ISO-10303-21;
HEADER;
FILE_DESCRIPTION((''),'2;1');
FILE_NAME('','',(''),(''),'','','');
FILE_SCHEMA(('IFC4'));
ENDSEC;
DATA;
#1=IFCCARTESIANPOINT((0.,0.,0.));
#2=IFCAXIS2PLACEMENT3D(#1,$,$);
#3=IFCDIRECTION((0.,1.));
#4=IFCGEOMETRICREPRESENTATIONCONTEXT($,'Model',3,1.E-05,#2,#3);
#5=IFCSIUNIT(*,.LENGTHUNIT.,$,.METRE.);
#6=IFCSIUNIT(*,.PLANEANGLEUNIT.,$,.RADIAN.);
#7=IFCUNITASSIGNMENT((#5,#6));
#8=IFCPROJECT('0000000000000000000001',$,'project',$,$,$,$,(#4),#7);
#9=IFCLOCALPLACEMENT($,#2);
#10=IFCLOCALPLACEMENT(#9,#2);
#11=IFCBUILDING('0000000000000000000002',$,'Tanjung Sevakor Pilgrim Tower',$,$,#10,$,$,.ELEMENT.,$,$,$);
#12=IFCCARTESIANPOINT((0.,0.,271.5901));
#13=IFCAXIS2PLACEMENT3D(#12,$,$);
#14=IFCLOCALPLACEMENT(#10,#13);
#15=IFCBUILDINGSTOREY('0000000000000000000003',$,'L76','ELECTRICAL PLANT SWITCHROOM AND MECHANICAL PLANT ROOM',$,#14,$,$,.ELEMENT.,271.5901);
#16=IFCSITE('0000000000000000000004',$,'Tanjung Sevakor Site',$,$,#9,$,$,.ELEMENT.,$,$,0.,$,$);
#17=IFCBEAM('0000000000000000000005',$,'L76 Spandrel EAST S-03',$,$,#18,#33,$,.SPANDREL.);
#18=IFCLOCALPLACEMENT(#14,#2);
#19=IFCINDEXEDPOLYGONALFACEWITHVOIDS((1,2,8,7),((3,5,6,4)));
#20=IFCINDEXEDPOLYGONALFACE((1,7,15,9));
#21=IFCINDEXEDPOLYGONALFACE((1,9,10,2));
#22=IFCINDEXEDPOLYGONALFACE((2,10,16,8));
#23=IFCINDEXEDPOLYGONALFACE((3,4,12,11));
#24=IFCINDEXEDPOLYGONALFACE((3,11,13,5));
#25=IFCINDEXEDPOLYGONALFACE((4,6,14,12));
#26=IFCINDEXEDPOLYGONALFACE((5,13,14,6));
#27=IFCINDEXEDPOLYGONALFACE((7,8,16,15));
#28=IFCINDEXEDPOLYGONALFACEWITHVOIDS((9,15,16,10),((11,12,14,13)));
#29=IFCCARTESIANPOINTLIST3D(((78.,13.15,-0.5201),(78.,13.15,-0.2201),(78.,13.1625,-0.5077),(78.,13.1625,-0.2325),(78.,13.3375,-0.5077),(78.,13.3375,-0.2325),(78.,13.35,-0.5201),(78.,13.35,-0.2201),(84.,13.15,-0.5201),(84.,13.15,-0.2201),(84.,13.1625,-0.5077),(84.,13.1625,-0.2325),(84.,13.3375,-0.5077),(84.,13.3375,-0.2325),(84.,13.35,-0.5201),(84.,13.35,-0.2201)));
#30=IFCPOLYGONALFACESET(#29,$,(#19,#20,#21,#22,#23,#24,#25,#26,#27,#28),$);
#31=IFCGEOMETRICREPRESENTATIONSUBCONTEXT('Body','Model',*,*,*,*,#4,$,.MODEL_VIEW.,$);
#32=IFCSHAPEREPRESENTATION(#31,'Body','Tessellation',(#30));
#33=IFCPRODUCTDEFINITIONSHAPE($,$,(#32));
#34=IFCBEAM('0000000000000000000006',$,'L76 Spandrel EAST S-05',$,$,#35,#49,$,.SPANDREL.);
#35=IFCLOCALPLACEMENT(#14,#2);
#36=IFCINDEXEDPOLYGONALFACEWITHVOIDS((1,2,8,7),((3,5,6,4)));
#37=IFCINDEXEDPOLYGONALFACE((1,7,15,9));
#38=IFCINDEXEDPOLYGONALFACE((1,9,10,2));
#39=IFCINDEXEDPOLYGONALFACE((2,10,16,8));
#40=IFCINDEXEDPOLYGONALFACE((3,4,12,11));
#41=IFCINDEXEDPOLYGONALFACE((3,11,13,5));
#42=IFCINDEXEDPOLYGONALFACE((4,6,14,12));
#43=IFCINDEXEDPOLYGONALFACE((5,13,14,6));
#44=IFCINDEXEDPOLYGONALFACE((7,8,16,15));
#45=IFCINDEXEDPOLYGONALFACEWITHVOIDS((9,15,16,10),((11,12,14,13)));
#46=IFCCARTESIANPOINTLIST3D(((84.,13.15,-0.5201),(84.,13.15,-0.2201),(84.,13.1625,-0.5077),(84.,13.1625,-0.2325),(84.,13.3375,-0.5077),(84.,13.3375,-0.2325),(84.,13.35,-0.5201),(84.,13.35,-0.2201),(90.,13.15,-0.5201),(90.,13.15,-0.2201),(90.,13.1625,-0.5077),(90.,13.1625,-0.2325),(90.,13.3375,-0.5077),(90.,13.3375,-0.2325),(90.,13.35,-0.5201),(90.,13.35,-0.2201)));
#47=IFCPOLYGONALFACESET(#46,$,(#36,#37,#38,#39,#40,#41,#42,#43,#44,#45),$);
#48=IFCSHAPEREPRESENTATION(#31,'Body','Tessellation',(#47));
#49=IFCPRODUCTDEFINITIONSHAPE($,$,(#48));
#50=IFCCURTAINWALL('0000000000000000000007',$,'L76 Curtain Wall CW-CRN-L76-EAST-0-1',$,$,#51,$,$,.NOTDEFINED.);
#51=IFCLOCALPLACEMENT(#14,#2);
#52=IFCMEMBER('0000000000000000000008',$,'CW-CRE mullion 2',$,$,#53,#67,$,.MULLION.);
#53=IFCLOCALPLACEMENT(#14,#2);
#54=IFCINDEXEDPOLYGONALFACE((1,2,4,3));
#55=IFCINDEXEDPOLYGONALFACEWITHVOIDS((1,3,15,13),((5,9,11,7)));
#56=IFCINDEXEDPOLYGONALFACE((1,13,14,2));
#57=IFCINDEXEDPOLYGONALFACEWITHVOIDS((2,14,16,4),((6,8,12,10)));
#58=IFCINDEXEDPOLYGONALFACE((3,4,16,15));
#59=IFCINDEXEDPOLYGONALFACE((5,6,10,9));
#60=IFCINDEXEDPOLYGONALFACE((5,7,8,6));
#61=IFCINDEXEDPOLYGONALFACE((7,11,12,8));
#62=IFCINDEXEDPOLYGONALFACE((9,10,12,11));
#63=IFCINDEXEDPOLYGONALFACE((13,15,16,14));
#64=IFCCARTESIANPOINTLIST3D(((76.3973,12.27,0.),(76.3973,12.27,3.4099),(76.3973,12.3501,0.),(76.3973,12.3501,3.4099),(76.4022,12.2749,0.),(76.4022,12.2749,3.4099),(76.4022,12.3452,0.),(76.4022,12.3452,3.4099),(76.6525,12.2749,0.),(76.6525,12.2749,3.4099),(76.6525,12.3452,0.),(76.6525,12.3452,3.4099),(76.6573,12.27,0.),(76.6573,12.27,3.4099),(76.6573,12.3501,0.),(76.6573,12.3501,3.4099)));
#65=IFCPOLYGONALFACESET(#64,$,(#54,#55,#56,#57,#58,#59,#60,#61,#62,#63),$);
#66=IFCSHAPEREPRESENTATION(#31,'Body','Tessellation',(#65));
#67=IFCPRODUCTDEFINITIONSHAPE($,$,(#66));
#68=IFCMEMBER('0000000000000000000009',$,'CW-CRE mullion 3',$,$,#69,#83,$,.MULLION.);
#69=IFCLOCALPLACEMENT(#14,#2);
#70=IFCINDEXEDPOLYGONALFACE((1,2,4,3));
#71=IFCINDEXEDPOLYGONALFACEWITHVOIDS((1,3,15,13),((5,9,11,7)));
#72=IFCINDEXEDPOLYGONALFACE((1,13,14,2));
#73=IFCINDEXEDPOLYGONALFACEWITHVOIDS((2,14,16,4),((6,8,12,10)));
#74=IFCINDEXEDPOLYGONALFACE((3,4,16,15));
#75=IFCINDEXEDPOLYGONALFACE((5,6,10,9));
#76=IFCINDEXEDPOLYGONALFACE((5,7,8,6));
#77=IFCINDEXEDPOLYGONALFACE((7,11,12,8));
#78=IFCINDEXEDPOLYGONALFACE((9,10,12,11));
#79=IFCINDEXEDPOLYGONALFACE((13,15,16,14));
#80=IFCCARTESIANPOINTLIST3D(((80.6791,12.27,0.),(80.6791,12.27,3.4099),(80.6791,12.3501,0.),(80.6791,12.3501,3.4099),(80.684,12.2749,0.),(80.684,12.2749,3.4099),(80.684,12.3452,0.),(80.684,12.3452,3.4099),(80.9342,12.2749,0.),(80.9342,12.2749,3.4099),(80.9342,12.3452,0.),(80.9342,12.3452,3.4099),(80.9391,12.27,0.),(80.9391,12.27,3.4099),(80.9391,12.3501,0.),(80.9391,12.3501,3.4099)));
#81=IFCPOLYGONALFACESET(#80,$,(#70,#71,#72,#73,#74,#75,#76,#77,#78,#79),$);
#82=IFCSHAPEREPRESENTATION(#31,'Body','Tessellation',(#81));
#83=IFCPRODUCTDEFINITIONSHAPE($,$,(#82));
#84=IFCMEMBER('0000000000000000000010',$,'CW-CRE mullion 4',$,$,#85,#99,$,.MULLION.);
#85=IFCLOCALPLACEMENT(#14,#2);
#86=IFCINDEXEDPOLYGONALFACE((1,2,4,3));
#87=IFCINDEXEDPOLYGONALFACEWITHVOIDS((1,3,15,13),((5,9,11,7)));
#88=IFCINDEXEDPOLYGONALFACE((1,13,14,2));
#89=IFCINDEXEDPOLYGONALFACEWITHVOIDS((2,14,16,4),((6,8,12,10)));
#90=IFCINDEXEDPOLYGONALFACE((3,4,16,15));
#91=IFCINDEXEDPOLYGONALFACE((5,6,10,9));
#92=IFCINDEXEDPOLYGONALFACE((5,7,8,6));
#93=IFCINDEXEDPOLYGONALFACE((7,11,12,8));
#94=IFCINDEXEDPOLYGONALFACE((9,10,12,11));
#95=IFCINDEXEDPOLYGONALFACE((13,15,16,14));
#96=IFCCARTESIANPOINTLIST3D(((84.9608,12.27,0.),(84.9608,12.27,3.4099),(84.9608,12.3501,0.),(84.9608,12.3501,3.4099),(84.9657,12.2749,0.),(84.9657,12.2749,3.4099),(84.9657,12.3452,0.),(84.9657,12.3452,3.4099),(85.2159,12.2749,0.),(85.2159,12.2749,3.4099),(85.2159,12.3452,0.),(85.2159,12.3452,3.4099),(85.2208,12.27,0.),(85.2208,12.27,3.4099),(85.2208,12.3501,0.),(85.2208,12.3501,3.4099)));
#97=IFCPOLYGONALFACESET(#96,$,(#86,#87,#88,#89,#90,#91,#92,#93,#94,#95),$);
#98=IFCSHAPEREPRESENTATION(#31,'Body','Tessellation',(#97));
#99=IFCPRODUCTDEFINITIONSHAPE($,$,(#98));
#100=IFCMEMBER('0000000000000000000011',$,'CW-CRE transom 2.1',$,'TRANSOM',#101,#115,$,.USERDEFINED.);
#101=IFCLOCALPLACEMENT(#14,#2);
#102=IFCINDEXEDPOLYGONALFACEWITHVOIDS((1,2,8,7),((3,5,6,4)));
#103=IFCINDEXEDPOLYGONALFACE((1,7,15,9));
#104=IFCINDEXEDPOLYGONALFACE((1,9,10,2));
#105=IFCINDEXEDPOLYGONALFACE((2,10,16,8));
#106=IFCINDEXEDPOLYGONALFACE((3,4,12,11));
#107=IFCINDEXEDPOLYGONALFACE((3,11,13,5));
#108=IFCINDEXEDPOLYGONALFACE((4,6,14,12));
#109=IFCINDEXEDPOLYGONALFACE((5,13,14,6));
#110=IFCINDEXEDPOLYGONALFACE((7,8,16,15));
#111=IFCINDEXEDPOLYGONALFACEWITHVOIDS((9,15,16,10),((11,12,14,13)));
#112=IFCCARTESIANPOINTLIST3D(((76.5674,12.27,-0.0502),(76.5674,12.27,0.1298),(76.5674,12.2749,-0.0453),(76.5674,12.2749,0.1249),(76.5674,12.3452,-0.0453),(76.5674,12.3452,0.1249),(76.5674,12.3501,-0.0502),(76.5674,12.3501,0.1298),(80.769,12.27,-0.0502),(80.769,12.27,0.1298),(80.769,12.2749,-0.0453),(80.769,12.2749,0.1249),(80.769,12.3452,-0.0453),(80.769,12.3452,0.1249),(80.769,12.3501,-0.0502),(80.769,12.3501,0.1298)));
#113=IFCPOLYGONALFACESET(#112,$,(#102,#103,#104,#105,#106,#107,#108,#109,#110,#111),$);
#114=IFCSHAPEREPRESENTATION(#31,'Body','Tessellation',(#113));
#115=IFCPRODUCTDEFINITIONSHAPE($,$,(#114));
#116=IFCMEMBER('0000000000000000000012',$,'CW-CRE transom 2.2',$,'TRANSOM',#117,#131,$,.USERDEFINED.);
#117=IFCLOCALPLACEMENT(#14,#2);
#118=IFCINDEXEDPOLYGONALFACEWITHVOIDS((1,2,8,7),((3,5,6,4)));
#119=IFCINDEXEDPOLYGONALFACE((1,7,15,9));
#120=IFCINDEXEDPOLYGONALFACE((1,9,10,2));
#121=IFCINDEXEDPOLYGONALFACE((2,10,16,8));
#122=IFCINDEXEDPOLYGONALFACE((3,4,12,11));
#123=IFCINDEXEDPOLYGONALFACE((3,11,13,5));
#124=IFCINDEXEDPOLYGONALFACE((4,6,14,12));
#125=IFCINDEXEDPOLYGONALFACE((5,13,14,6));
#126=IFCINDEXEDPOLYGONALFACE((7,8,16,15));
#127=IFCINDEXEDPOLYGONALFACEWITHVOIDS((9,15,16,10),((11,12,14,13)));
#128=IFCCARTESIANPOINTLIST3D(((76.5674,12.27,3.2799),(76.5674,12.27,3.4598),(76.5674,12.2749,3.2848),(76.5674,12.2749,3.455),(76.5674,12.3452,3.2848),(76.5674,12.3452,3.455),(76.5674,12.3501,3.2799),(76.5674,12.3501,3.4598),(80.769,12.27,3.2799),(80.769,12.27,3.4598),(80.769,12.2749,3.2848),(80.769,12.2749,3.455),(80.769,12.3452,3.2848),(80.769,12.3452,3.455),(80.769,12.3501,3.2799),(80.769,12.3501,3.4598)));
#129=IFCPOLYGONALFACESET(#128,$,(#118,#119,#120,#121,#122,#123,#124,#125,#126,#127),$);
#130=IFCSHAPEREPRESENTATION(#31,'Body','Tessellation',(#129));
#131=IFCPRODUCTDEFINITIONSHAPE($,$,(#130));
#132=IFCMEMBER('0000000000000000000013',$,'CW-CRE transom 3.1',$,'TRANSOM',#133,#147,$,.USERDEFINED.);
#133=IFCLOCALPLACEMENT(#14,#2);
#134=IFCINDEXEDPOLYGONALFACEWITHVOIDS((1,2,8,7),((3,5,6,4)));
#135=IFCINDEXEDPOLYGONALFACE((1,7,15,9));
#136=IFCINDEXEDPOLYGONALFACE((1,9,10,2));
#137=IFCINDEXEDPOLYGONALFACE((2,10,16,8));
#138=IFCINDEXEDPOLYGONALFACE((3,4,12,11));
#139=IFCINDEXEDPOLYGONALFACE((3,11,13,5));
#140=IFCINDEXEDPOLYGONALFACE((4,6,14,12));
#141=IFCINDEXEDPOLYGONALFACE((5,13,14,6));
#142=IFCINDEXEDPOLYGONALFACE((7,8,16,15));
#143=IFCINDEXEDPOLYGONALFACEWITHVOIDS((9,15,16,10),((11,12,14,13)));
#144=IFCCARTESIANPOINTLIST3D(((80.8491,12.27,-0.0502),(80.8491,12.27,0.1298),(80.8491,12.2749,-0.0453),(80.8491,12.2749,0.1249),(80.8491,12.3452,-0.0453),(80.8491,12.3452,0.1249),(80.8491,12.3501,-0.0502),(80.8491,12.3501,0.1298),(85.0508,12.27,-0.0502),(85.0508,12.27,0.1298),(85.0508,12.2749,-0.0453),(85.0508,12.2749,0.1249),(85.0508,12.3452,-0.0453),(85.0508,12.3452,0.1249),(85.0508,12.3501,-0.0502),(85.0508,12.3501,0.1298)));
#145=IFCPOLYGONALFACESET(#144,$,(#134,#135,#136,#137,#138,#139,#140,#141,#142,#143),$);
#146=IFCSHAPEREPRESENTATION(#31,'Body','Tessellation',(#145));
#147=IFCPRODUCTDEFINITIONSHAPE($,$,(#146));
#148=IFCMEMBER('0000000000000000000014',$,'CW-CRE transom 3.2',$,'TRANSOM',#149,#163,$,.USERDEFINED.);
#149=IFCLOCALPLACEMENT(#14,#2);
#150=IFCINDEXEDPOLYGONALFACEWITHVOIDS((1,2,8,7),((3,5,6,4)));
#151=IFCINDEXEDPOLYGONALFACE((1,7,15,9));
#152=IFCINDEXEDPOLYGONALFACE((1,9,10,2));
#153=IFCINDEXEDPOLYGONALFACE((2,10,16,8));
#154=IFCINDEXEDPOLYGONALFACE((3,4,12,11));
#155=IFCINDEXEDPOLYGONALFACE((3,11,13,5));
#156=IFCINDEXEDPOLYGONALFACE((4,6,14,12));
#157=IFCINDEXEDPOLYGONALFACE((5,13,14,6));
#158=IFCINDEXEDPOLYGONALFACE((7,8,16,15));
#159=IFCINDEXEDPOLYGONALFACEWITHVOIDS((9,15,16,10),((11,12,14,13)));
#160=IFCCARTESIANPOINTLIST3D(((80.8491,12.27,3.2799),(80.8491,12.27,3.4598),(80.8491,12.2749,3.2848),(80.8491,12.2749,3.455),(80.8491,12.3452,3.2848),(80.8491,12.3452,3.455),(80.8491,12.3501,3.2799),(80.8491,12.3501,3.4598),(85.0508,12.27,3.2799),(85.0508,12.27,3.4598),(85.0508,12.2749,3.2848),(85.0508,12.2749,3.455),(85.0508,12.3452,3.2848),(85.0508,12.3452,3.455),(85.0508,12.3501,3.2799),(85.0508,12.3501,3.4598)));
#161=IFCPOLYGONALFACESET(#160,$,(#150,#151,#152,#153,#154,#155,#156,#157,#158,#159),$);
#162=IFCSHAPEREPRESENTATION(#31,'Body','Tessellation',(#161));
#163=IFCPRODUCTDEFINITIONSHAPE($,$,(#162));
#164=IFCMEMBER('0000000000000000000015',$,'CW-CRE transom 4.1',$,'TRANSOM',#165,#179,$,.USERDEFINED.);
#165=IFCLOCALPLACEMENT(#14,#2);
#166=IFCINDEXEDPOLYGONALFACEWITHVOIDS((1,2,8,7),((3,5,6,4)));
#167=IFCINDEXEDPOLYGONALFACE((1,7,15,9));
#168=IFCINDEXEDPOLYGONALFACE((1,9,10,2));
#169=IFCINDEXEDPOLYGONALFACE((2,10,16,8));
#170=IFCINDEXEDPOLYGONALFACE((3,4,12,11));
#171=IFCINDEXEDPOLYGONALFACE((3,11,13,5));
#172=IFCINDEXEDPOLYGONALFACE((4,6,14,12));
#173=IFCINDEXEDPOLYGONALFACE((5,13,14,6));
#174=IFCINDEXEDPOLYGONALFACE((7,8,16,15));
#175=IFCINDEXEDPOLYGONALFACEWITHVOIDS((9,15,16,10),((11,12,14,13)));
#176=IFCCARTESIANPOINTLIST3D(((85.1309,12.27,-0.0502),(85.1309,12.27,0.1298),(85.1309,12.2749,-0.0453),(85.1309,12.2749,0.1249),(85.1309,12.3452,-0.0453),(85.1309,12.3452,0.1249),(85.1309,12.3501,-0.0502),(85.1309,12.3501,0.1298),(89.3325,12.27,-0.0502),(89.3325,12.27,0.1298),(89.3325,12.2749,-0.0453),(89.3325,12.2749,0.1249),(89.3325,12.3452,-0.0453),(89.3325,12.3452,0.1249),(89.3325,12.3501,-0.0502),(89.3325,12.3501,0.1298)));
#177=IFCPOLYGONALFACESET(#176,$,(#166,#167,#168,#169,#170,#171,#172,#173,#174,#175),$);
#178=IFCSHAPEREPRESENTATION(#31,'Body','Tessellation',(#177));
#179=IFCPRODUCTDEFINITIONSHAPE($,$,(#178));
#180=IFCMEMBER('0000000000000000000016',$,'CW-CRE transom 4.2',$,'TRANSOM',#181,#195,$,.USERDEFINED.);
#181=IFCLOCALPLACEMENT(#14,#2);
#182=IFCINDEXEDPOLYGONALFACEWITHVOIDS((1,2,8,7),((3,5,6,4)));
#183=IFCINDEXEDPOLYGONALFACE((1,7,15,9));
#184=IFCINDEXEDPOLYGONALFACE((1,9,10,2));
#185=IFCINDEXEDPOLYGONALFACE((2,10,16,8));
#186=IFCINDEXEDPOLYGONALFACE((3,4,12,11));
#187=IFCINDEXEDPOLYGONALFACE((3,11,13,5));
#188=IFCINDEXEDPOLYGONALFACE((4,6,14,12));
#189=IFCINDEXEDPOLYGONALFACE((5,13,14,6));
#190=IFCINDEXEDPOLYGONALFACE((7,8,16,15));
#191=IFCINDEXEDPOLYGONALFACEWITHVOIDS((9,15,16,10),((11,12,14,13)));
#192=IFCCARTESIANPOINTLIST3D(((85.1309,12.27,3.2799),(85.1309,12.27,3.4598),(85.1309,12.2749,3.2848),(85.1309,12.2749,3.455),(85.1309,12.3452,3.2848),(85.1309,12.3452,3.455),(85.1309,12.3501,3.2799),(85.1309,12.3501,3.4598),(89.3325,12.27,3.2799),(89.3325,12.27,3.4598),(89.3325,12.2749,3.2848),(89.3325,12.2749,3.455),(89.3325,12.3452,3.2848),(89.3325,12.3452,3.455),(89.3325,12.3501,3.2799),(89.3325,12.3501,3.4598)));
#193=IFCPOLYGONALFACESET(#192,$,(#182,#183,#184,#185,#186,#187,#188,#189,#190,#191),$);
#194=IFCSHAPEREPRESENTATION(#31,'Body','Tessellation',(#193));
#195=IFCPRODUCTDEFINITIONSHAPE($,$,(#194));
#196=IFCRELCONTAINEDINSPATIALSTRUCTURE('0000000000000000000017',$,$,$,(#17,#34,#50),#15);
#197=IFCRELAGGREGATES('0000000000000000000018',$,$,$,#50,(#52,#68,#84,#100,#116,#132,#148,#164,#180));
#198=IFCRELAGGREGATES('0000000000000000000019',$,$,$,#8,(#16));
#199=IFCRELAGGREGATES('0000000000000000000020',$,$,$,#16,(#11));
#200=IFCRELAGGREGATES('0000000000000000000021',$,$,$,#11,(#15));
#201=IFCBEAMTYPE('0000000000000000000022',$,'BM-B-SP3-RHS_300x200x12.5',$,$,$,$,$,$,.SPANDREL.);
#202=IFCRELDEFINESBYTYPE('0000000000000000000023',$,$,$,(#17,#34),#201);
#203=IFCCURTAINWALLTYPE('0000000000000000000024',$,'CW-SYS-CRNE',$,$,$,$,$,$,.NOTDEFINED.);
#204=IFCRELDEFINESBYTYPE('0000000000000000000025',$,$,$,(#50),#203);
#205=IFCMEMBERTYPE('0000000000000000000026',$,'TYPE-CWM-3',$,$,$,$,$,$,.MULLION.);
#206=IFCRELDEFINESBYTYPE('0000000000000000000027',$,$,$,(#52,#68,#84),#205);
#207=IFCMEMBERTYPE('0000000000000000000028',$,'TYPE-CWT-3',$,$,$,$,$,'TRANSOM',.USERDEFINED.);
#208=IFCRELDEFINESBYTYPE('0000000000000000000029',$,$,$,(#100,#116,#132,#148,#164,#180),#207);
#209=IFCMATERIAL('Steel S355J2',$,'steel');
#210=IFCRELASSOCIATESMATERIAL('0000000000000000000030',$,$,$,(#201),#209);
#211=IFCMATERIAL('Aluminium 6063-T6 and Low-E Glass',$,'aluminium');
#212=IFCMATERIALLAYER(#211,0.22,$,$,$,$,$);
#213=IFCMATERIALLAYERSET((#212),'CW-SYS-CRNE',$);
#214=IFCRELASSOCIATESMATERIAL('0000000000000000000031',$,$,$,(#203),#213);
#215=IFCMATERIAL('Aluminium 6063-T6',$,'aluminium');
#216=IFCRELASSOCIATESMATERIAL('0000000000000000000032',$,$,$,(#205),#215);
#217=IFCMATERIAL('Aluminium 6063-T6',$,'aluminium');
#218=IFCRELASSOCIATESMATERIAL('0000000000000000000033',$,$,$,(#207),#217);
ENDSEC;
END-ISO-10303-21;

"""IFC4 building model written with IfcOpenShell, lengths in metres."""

from ifc_helpers import new_model, si_unit, direction, frame, origin, origin_2d, place, context, subcontext, project, spatial, hollow_rectangle, extrude, material, layer, layer_set, material_profile, profile_set, type_object, element, aggregate, save


model = new_model("IFC4")

# Units and contexts
model_context = context("Model", 3, precision=1e-05, world=origin(), true_north=direction((0.0, 1.0)))
body_context = subcontext(model_context, "Body", "Model", "MODEL_VIEW")
ifc_project = project(units=[si_unit("LENGTHUNIT", "METRE"), si_unit("PLANEANGLEUNIT", "RADIAN")], contexts=[model_context])

# Site, building, storey
site_placement = place(None, origin())
site = spatial("IfcSite", under=ifc_project, at=site_placement, Name="Tanjung Sevakor Site", CompositionType="ELEMENT", RefElevation=0.0)
building_placement = place(site_placement, origin())
building = spatial("IfcBuilding", under=site, at=building_placement, Name="Tanjung Sevakor Pilgrim Tower", CompositionType="ELEMENT")
storey_placement = place(building_placement, frame((0.0, 0.0, 271.5901)))
storey = spatial("IfcBuildingStorey", under=building, at=storey_placement, Name="L76", Description="ELECTRICAL PLANT SWITCHROOM AND MECHANICAL PLANT ROOM", CompositionType="ELEMENT", Elevation=271.5901)

# Beams
ifc_material_1 = material(Name="Steel S355J2", Category="steel")
ifc_material_profile_1 = material_profile(ifc_material_1, hollow_rectangle(XDim=0.2, YDim=0.3, WallThickness=0.0125, at=origin_2d()))
ifc_profile_set_1 = profile_set([ifc_material_profile_1], Name="Steel S355J2")
beam_type_1 = type_object("IfcBeamType", Name="BM-B-SP3-RHS_300x200x12.5", PredefinedType="SPANDREL", material=ifc_profile_set_1)
for number, where, z_axis, x_axis, name in (
    (1, (78.0, 13.25, -0.3701), (1.0, 0.0, 0.0), (0.0, 1.0, 0.0), "L76 Spandrel EAST S-03"),
    (2, (84.0, 13.25, -0.3701), (1.0, 0.0, 0.0), (0.0, 1.0, 0.0), "L76 Spandrel EAST S-05"),
):
    element("IfcBeam", number, at=place(storey_placement, frame(where, z_axis=z_axis, x_axis=x_axis)), inside=storey, type_object=beam_type_1, Name=name, PredefinedType="SPANDREL", context=body_context, shape_type="SweptSolid", body=[
        extrude(hollow_rectangle(XDim=0.2, YDim=0.3, WallThickness=0.0125, at=origin_2d()), origin(), (0.0, 0.0, 1.0), 6.0),
    ])

# Curtain wall, members
ifc_material_2 = material(Name="Aluminium 6063-T6 and Low-E Glass", Category="aluminium")
ifc_layer_1 = layer(ifc_material_2, 0.22)
ifc_layer_set_1 = layer_set([ifc_layer_1], Name="CW-SYS-CRNE")
curtain_wall_type = type_object("IfcCurtainWallType", Name="CW-SYS-CRNE", PredefinedType="NOTDEFINED", material=ifc_layer_set_1)
curtain_wall_placement = place(storey_placement, origin())
curtain_wall = element("IfcCurtainWall", 3, at=curtain_wall_placement, inside=storey, type_object=curtain_wall_type, Name="L76 Curtain Wall CW-CRN-L76-EAST-0-1", PredefinedType="NOTDEFINED")
ifc_material_3 = material(Name="Aluminium 6063-T6", Category="aluminium")
ifc_material_profile_2 = material_profile(ifc_material_3, hollow_rectangle(XDim=0.0801, YDim=0.26, WallThickness=0.0049, at=origin_2d()))
ifc_profile_set_2 = profile_set([ifc_material_profile_2], Name="Aluminium 6063-T6")
member_type_1 = type_object("IfcMemberType", Name="TYPE-CWM-3", PredefinedType="MULLION", material=ifc_profile_set_2)
member_1_placement = place(storey_placement, frame((76.5273, 12.3101, 0.0), z_axis=(0.0, 0.0, 1.0), x_axis=(0.0, 1.0, 0.0)))
member_1 = element("IfcMember", 4, at=member_1_placement, type_object=member_type_1, Name="CW-CRE mullion 2", PredefinedType="MULLION", context=body_context, shape_type="SweptSolid", body=[
    extrude(hollow_rectangle(XDim=0.0801, YDim=0.26, WallThickness=0.0049, at=origin_2d()), origin(), (0.0, 0.0, 1.0), 3.4099),
])
member_2_placement = place(storey_placement, frame((80.8091, 12.3101, 0.0), z_axis=(0.0, 0.0, 1.0), x_axis=(0.0, 1.0, 0.0)))
member_2 = element("IfcMember", 5, at=member_2_placement, type_object=member_type_1, Name="CW-CRE mullion 3", PredefinedType="MULLION", context=body_context, shape_type="SweptSolid", body=[
    extrude(hollow_rectangle(XDim=0.0801, YDim=0.26, WallThickness=0.0049, at=origin_2d()), origin(), (0.0, 0.0, 1.0), 3.4099),
])
member_3_placement = place(storey_placement, frame((85.0908, 12.3101, 0.0), z_axis=(0.0, 0.0, 1.0), x_axis=(0.0, 1.0, 0.0)))
member_3 = element("IfcMember", 6, at=member_3_placement, type_object=member_type_1, Name="CW-CRE mullion 4", PredefinedType="MULLION", context=body_context, shape_type="SweptSolid", body=[
    extrude(hollow_rectangle(XDim=0.0801, YDim=0.26, WallThickness=0.0049, at=origin_2d()), origin(), (0.0, 0.0, 1.0), 3.4099),
])
ifc_material_4 = material(Name="Aluminium 6063-T6", Category="aluminium")
ifc_material_profile_3 = material_profile(ifc_material_4, hollow_rectangle(XDim=0.0801, YDim=0.1799, WallThickness=0.0049, at=origin_2d()))
ifc_profile_set_3 = profile_set([ifc_material_profile_3], Name="Aluminium 6063-T6")
member_type_2 = type_object("IfcMemberType", Name="TYPE-CWT-3", ElementType="TRANSOM", PredefinedType="USERDEFINED", material=ifc_profile_set_3)
member_4_placement = place(storey_placement, frame((76.5674, 12.3101, 0.0398), z_axis=(1.0, 0.0, 0.0), x_axis=(0.0, 1.0, 0.0)))
member_4 = element("IfcMember", 7, at=member_4_placement, type_object=member_type_2, Name="CW-CRE transom 2.1", ObjectType="TRANSOM", PredefinedType="USERDEFINED", context=body_context, shape_type="SweptSolid", body=[
    extrude(hollow_rectangle(XDim=0.0801, YDim=0.1799, WallThickness=0.0049, at=origin_2d()), origin(), (0.0, 0.0, 1.0), 4.2017),
])
member_5_placement = place(storey_placement, frame((76.5674, 12.3101, 3.3699), z_axis=(1.0, 0.0, 0.0), x_axis=(0.0, 1.0, 0.0)))
member_5 = element("IfcMember", 8, at=member_5_placement, type_object=member_type_2, Name="CW-CRE transom 2.2", ObjectType="TRANSOM", PredefinedType="USERDEFINED", context=body_context, shape_type="SweptSolid", body=[
    extrude(hollow_rectangle(XDim=0.0801, YDim=0.1799, WallThickness=0.0049, at=origin_2d()), origin(), (0.0, 0.0, 1.0), 4.2017),
])
member_6_placement = place(storey_placement, frame((80.8491, 12.3101, 0.0398), z_axis=(1.0, 0.0, 0.0), x_axis=(0.0, 1.0, 0.0)))
member_6 = element("IfcMember", 9, at=member_6_placement, type_object=member_type_2, Name="CW-CRE transom 3.1", ObjectType="TRANSOM", PredefinedType="USERDEFINED", context=body_context, shape_type="SweptSolid", body=[
    extrude(hollow_rectangle(XDim=0.0801, YDim=0.1799, WallThickness=0.0049, at=origin_2d()), origin(), (0.0, 0.0, 1.0), 4.2017),
])
member_7_placement = place(storey_placement, frame((80.8491, 12.3101, 3.3699), z_axis=(1.0, 0.0, 0.0), x_axis=(0.0, 1.0, 0.0)))
member_7 = element("IfcMember", 10, at=member_7_placement, type_object=member_type_2, Name="CW-CRE transom 3.2", ObjectType="TRANSOM", PredefinedType="USERDEFINED", context=body_context, shape_type="SweptSolid", body=[
    extrude(hollow_rectangle(XDim=0.0801, YDim=0.1799, WallThickness=0.0049, at=origin_2d()), origin(), (0.0, 0.0, 1.0), 4.2017),
])
member_8_placement = place(storey_placement, frame((85.1309, 12.3101, 0.0398), z_axis=(1.0, 0.0, 0.0), x_axis=(0.0, 1.0, 0.0)))
member_8 = element("IfcMember", 11, at=member_8_placement, type_object=member_type_2, Name="CW-CRE transom 4.1", ObjectType="TRANSOM", PredefinedType="USERDEFINED", context=body_context, shape_type="SweptSolid", body=[
    extrude(hollow_rectangle(XDim=0.0801, YDim=0.1799, WallThickness=0.0049, at=origin_2d()), origin(), (0.0, 0.0, 1.0), 4.2017),
])
member_9_placement = place(storey_placement, frame((85.1309, 12.3101, 3.3699), z_axis=(1.0, 0.0, 0.0), x_axis=(0.0, 1.0, 0.0)))
member_9 = element("IfcMember", 12, at=member_9_placement, type_object=member_type_2, Name="CW-CRE transom 4.2", ObjectType="TRANSOM", PredefinedType="USERDEFINED", context=body_context, shape_type="SweptSolid", body=[
    extrude(hollow_rectangle(XDim=0.0801, YDim=0.1799, WallThickness=0.0049, at=origin_2d()), origin(), (0.0, 0.0, 1.0), 4.2017),
])
aggregate(curtain_wall, [member_1, member_2, member_3, member_4, member_5, member_6, member_7, member_8, member_9])

save(model, "model.ifc")
